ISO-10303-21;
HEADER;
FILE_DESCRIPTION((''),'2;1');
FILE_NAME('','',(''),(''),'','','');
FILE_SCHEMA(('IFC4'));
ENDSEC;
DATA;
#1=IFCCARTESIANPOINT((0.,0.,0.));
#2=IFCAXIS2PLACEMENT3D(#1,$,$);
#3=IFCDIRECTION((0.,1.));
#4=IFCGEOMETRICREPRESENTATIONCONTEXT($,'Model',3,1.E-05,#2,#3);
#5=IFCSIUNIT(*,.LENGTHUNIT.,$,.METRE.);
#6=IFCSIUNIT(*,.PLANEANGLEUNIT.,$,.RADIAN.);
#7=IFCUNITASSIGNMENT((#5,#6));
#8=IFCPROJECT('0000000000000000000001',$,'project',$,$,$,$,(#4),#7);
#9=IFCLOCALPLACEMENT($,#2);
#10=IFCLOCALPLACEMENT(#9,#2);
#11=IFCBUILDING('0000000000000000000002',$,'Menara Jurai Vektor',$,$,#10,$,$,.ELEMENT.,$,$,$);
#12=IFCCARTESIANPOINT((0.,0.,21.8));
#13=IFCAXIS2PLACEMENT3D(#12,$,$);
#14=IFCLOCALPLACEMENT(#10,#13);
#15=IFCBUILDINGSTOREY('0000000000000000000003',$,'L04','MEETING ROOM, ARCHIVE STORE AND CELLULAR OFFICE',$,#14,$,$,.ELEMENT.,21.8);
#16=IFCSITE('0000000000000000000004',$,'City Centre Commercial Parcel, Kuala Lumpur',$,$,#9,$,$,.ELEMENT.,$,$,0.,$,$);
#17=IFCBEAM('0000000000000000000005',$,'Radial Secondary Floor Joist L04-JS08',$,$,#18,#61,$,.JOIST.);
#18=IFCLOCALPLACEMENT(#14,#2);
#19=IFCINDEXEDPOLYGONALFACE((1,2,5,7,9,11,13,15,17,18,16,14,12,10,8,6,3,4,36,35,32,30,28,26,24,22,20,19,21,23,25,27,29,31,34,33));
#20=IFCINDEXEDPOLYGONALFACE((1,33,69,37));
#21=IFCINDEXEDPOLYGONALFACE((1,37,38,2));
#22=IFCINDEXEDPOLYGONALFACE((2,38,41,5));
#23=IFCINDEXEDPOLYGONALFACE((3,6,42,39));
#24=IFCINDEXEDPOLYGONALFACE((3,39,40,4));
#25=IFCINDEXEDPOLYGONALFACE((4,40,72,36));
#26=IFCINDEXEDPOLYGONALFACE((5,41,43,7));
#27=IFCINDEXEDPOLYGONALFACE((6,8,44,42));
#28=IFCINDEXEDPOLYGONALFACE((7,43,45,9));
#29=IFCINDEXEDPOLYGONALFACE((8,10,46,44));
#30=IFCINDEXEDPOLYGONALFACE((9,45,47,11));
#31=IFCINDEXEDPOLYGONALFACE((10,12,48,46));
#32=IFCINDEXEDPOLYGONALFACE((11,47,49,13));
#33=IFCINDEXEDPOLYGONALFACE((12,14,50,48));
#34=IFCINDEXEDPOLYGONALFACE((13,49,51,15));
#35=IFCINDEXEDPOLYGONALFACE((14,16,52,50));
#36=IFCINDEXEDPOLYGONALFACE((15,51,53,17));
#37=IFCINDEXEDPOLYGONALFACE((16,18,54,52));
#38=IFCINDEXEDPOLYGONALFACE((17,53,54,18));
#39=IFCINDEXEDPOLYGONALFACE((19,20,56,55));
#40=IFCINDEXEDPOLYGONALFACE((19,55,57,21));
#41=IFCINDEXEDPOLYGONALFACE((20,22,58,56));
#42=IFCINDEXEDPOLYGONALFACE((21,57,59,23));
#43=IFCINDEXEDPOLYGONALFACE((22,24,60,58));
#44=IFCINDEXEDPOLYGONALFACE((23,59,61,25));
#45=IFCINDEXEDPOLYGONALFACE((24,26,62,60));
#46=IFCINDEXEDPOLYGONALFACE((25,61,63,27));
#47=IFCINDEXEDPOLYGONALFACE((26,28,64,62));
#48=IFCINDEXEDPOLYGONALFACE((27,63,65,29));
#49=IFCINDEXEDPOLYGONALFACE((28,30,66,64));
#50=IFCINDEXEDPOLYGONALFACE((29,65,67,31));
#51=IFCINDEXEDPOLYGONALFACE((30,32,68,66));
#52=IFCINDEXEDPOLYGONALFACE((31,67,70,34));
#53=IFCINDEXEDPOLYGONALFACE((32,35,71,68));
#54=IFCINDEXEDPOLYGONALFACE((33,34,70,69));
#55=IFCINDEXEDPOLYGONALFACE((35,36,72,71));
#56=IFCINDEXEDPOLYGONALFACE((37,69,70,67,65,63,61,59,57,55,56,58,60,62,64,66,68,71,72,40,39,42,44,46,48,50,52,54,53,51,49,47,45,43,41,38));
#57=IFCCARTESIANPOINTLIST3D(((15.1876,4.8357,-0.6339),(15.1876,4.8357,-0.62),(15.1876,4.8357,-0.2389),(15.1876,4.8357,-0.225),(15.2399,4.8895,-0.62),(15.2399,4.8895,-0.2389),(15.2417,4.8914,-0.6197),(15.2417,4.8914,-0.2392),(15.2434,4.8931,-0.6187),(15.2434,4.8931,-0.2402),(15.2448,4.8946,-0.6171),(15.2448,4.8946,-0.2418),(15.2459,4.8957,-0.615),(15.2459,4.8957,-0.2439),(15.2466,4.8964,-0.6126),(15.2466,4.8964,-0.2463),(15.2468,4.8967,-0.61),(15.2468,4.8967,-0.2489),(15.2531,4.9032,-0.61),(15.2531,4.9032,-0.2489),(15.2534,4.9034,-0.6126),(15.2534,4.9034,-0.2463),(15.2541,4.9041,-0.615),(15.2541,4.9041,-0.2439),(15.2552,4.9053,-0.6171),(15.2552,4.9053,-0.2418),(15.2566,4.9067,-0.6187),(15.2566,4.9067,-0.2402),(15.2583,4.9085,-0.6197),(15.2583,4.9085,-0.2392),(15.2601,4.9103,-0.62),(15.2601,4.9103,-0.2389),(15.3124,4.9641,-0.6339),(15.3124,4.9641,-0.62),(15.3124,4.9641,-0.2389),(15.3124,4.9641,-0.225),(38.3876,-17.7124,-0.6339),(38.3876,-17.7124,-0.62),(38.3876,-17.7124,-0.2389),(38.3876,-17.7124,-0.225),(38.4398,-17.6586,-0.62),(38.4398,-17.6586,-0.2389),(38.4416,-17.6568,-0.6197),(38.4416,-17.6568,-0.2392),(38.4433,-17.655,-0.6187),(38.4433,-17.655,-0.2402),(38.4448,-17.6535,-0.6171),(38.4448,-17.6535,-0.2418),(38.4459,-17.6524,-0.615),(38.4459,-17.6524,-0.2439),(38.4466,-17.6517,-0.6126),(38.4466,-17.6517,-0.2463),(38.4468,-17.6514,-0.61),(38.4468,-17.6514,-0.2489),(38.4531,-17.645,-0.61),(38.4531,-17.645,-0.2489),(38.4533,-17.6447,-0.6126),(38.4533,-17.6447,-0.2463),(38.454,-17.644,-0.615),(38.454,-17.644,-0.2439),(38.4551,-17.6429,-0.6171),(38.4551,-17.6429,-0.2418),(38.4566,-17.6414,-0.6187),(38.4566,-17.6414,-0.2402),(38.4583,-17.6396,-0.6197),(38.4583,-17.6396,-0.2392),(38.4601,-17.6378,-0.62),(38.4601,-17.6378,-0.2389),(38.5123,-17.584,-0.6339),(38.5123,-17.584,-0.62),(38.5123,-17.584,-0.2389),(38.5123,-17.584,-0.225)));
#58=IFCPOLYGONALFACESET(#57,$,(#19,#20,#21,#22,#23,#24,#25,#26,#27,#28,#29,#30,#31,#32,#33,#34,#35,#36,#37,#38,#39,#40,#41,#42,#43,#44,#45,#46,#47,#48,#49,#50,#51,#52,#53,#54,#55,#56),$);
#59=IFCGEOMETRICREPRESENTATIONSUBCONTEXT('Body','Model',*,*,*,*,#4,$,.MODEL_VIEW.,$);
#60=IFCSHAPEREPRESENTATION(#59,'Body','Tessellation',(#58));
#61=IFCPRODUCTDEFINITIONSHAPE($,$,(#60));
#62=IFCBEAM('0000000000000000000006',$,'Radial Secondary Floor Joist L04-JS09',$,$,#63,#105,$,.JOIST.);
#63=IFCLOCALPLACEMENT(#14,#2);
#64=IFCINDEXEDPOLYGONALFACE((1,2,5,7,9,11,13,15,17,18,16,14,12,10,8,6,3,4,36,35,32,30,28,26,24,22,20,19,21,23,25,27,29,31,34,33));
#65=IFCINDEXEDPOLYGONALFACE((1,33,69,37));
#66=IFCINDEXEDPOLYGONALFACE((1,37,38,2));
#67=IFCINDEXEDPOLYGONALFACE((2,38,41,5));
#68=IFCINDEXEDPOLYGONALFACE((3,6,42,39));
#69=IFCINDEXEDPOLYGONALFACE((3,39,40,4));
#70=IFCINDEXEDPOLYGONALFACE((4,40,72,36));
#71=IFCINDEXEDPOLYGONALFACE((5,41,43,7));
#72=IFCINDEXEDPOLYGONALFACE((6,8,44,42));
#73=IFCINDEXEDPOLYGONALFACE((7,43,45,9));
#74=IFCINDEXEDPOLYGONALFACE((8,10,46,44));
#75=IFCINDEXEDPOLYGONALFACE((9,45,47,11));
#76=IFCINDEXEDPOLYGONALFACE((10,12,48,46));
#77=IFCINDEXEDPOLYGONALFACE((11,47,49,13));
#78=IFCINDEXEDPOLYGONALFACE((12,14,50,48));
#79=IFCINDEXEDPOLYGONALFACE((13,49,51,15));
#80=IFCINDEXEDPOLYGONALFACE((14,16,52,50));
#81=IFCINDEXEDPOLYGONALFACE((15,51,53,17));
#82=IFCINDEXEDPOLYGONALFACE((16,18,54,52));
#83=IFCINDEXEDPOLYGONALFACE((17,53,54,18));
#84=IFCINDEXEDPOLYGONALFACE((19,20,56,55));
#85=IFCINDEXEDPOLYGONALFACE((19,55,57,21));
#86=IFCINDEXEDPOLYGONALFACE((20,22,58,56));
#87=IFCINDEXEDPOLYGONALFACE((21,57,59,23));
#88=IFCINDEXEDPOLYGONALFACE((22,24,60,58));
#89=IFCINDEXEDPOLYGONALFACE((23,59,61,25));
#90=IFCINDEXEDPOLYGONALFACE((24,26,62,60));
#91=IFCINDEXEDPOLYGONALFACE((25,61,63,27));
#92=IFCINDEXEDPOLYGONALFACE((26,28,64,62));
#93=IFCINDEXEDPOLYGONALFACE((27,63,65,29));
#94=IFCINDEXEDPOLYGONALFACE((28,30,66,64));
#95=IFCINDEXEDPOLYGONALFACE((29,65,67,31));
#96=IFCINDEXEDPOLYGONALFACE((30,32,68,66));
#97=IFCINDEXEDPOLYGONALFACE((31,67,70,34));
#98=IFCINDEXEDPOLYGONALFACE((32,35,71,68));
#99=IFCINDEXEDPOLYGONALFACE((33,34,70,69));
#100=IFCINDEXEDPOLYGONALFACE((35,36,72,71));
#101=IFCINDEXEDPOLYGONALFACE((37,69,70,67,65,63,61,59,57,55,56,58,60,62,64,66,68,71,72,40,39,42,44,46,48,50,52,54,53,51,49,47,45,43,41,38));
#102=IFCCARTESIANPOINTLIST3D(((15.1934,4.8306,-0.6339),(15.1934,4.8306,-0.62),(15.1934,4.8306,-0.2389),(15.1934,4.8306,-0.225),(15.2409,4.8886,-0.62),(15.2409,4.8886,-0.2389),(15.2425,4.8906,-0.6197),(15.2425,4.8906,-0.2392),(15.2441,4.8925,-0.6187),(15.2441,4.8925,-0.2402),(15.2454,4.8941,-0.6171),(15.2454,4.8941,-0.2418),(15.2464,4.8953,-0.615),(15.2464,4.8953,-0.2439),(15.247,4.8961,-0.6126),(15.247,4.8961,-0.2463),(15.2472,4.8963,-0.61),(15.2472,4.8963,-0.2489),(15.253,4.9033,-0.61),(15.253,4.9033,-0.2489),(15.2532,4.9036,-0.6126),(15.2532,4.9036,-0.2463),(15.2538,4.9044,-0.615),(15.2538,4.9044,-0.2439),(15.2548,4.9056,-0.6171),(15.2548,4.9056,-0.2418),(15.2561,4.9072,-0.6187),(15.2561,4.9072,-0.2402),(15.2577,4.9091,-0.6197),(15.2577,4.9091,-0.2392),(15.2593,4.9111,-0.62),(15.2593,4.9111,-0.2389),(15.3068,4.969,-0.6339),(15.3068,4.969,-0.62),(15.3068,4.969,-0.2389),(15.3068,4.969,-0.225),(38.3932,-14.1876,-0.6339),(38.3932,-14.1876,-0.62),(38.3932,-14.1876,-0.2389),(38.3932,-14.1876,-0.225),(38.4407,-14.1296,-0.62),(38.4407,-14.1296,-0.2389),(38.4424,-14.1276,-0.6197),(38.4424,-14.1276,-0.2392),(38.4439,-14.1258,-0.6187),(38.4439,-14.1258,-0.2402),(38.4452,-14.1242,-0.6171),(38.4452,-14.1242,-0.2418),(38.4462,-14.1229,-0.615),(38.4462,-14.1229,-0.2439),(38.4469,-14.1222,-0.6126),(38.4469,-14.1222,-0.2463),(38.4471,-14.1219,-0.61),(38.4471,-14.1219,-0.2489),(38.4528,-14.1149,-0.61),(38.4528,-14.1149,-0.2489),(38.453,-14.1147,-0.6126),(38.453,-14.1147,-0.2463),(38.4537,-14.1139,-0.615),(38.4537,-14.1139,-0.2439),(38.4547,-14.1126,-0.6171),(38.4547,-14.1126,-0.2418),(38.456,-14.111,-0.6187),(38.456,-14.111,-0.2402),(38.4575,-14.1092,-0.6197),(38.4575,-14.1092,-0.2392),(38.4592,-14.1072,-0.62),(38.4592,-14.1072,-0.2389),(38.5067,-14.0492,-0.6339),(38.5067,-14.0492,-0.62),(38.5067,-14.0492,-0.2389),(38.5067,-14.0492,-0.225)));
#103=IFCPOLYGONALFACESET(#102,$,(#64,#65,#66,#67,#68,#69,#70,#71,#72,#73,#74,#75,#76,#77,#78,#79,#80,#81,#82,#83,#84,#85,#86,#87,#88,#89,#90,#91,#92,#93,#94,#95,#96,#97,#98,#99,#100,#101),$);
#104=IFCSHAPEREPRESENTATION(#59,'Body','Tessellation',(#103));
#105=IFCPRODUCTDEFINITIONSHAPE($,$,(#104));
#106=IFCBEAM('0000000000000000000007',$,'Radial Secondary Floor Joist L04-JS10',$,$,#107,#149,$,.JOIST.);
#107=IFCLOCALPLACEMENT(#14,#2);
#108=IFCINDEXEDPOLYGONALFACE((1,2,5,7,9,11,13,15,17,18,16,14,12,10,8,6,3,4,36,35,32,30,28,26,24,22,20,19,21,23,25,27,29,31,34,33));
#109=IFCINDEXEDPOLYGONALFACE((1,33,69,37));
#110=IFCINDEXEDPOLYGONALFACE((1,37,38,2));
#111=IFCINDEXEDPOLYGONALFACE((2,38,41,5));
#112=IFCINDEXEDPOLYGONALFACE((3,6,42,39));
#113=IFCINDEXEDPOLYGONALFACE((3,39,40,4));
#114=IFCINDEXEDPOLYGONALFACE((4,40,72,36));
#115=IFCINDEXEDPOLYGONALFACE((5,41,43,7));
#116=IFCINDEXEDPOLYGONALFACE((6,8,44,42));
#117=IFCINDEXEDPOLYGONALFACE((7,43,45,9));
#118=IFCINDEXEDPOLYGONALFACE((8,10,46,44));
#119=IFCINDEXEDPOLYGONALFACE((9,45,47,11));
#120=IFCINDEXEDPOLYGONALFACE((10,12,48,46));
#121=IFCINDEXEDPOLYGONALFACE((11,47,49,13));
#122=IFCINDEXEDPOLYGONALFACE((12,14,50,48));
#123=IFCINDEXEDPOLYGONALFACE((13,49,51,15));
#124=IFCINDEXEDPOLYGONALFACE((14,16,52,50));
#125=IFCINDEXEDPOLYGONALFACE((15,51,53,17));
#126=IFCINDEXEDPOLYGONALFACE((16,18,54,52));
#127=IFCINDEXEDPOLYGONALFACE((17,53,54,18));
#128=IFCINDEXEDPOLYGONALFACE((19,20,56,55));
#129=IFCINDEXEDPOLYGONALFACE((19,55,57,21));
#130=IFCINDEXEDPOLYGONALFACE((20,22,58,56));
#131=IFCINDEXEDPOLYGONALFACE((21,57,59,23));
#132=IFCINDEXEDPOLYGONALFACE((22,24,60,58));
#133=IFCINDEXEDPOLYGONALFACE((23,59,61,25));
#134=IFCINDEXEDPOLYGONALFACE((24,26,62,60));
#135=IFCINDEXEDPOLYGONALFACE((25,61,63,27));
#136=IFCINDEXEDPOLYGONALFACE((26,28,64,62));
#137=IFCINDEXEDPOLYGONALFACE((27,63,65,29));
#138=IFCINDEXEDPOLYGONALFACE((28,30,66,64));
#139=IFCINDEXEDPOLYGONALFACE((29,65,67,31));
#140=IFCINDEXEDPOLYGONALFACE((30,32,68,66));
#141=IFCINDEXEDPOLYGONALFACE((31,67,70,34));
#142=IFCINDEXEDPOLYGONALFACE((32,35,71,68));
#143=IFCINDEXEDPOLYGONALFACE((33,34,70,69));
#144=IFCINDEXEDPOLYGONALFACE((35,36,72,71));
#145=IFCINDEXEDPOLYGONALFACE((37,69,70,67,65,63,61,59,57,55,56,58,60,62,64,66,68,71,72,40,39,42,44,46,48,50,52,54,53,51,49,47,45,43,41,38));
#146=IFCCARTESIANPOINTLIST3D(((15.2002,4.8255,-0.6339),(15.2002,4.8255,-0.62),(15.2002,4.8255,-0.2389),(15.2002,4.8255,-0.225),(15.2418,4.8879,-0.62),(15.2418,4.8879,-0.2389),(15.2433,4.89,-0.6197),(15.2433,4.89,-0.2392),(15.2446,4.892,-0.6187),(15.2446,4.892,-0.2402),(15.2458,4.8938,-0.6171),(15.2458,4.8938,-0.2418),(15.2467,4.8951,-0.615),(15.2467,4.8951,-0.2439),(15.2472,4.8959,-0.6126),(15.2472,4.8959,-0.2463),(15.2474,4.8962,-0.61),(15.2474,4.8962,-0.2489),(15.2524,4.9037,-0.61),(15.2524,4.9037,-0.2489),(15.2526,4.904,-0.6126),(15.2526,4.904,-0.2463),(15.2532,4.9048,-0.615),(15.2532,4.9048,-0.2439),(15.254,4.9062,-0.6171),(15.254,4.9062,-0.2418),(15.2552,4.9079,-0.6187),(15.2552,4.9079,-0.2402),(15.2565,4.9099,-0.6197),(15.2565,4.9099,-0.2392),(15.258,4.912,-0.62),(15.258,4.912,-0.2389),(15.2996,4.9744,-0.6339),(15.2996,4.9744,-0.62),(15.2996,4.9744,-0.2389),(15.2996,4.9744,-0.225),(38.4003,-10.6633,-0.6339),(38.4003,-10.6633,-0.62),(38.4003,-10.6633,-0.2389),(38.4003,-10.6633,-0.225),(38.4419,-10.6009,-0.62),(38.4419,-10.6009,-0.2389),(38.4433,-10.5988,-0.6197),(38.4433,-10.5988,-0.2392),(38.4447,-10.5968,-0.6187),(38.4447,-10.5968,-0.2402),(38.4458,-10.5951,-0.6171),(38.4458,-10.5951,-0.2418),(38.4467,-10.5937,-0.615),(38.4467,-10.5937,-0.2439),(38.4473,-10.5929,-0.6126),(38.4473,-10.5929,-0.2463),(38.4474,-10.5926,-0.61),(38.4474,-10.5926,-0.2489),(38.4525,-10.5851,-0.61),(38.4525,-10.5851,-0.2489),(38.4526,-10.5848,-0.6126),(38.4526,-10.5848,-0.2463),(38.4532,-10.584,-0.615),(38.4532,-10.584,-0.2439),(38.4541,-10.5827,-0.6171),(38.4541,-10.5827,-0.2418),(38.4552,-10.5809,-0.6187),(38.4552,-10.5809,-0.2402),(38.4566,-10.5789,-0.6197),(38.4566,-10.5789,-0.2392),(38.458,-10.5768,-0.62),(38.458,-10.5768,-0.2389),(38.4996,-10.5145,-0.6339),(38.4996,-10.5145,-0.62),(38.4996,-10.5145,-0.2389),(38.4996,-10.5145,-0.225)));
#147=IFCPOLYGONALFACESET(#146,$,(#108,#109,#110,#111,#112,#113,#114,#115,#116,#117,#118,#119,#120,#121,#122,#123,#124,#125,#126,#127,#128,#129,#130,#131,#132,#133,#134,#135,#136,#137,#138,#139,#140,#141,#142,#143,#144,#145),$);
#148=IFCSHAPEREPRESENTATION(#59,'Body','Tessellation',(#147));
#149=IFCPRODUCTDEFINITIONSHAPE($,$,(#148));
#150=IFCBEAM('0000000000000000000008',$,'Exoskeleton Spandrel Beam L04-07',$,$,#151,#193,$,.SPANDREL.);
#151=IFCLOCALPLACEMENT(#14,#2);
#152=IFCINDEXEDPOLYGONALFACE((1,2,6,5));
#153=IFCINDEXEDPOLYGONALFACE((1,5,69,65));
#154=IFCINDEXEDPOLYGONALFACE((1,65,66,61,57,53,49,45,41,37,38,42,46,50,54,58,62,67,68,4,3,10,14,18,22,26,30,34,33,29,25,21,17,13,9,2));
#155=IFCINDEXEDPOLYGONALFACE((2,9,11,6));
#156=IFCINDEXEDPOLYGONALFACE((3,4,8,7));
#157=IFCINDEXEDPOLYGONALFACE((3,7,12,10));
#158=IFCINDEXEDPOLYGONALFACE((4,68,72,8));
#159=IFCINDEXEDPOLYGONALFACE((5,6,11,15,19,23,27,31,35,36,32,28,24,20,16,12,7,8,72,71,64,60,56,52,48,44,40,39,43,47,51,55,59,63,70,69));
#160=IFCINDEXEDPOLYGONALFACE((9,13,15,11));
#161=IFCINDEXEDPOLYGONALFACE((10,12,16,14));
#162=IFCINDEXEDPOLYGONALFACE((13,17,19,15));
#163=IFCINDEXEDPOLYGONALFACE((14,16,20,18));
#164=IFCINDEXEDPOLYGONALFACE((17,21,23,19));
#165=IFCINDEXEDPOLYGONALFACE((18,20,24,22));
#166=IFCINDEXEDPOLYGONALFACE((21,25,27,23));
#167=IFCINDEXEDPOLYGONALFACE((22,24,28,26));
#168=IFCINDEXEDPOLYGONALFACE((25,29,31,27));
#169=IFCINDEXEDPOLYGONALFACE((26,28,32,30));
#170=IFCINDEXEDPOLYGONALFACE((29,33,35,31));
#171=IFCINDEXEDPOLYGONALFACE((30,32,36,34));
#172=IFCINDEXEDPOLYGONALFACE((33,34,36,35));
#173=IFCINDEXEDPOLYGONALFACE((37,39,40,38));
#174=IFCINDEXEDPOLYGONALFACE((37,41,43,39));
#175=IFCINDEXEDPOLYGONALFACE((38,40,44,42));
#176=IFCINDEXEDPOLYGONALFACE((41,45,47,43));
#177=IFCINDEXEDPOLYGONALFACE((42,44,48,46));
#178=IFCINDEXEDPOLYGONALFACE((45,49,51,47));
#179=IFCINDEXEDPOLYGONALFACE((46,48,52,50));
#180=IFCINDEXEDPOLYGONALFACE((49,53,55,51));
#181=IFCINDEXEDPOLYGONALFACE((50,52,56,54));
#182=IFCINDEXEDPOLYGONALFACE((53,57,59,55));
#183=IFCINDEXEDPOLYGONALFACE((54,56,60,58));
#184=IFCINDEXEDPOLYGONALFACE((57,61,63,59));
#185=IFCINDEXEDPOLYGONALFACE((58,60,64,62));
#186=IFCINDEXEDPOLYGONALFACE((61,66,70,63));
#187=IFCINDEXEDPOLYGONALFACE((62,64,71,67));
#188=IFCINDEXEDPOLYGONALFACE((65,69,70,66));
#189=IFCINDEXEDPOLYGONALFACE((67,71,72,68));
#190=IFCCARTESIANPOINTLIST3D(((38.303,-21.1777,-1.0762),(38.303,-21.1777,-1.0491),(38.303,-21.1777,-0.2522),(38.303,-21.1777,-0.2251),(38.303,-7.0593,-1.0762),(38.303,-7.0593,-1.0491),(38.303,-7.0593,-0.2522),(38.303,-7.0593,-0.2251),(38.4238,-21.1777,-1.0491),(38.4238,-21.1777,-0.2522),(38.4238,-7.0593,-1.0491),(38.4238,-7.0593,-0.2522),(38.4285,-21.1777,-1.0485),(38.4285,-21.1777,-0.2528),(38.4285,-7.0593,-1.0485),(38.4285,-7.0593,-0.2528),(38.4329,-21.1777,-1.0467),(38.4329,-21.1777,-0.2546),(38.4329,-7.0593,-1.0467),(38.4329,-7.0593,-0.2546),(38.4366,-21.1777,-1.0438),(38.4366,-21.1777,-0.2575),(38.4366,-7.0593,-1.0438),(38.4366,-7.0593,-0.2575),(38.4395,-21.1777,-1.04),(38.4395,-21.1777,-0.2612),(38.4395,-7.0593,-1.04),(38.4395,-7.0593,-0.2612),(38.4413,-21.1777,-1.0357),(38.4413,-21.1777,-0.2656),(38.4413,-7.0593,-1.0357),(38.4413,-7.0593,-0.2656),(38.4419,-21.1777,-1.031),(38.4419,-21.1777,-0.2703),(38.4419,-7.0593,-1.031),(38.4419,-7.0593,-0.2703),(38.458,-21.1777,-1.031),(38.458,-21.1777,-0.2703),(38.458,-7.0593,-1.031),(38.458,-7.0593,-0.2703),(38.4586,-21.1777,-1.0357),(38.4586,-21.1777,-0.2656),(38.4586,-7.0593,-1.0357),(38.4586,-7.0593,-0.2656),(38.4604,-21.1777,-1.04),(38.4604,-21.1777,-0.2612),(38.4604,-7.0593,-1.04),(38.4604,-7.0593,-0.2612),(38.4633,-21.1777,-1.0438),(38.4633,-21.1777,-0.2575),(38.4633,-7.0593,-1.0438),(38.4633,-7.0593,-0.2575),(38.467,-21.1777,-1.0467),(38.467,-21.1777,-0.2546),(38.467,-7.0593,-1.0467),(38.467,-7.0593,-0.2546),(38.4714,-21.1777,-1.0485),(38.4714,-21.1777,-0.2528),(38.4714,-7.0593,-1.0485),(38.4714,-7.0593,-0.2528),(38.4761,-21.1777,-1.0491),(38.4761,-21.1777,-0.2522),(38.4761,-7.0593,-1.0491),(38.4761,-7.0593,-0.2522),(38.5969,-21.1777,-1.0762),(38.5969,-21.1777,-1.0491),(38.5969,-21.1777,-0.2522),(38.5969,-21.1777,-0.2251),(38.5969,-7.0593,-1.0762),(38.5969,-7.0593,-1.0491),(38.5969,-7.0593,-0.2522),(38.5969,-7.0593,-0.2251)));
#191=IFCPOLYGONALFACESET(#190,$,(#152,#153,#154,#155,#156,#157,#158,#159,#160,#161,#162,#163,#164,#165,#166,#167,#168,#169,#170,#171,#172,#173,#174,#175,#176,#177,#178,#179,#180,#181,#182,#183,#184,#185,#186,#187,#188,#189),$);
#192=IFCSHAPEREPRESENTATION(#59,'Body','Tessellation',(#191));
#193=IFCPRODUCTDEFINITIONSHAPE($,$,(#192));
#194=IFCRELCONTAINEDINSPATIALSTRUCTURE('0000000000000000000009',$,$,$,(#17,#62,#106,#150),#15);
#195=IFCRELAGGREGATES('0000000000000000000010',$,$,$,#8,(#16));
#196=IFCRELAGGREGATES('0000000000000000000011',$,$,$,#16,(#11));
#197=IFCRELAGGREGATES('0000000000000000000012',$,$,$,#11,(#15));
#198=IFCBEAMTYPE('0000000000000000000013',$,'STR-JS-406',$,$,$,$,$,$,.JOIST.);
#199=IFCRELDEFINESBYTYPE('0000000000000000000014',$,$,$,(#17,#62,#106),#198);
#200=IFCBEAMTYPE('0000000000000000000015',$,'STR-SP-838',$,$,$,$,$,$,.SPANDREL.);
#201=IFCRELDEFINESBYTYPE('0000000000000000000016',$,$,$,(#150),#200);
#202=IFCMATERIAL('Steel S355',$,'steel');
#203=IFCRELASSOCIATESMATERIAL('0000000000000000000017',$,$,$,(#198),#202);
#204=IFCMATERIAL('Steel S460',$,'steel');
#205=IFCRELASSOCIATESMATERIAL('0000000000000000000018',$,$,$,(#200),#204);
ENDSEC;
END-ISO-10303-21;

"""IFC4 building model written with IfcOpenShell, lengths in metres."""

from ifc_helpers import new_model, si_unit, direction, frame, origin, origin_2d, place, context, subcontext, project, spatial, i_section, extrude, material, material_profile, profile_set, type_object, element, save


model = new_model("IFC4")

# Units and contexts
model_context = context("Model", 3, precision=1e-05, world=origin(), true_north=direction((0.0, 1.0)))
body_context = subcontext(model_context, "Body", "Model", "MODEL_VIEW")
ifc_project = project(units=[si_unit("LENGTHUNIT", "METRE"), si_unit("PLANEANGLEUNIT", "RADIAN")], contexts=[model_context])

# Site, building, storey
site_placement = place(None, origin())
site = spatial("IfcSite", under=ifc_project, at=site_placement, Name="City Centre Commercial Parcel, Kuala Lumpur", CompositionType="ELEMENT", RefElevation=0.0)
building_placement = place(site_placement, origin())
building = spatial("IfcBuilding", under=site, at=building_placement, Name="Menara Jurai Vektor", CompositionType="ELEMENT")
storey_placement = place(building_placement, frame((0.0, 0.0, 21.8)))
storey = spatial("IfcBuildingStorey", under=building, at=storey_placement, Name="L04", Description="MEETING ROOM, ARCHIVE STORE AND CELLULAR OFFICE", CompositionType="ELEMENT", Elevation=21.8)

# Shared definitions
ifc_material_1 = material(Name="Steel S460", Category="steel")

# Shared definitions
ifc_material_2 = material(Name="Steel S355", Category="steel")

# Beams
ifc_material_profile_1 = material_profile(ifc_material_2, i_section(OverallWidth=0.179, OverallDepth=0.4089, WebThickness=0.009, FlangeThickness=0.0139, FilletRadius=0.01, at=origin_2d()), Name="UKB 406x178x67")
ifc_profile_set_1 = profile_set([ifc_material_profile_1], Name="Steel S355")
beam_type_1 = type_object("IfcBeamType", Name="STR-JS-406", PredefinedType="JOIST", material=ifc_profile_set_1)
beam_1_placement = place(storey_placement, frame((38.45, -17.6482, -0.4294), z_axis=(-0.717109, 0.696961, 0.0), x_axis=(-0.696961, -0.717109, 0.0)))
element("IfcBeam", 1, at=beam_1_placement, inside=storey, type_object=beam_type_1, Name="Radial Secondary Floor Joist L04-JS08", PredefinedType="JOIST", context=body_context, shape_type="SweptSolid", body=[
    extrude(i_section(OverallWidth=0.179, OverallDepth=0.4089, WebThickness=0.009, FlangeThickness=0.0139, FilletRadius=0.01, at=origin_2d()), origin(), (0.0, 0.0, 1.0), 32.3521),
])
beam_2_placement = place(storey_placement, frame((38.45, -14.1184, -0.4294), z_axis=(-0.77336, 0.633967, 0.0), x_axis=(-0.633967, -0.77336, 0.0)))
element("IfcBeam", 2, at=beam_2_placement, inside=storey, type_object=beam_type_1, Name="Radial Secondary Floor Joist L04-JS09", PredefinedType="JOIST", context=body_context, shape_type="SweptSolid", body=[
    extrude(i_section(OverallWidth=0.179, OverallDepth=0.4089, WebThickness=0.009, FlangeThickness=0.0139, FilletRadius=0.01, at=origin_2d()), origin(), (0.0, 0.0, 1.0), 29.9988),
])
beam_3_placement = place(storey_placement, frame((38.45, -10.5889, -0.4294), z_axis=(-0.831684, 0.555249, 0.0), x_axis=(-0.555249, -0.831684, 0.0)))
element("IfcBeam", 3, at=beam_3_placement, inside=storey, type_object=beam_type_1, Name="Radial Secondary Floor Joist L04-JS10", PredefinedType="JOIST", context=body_context, shape_type="SweptSolid", body=[
    extrude(i_section(OverallWidth=0.179, OverallDepth=0.4089, WebThickness=0.009, FlangeThickness=0.0139, FilletRadius=0.01, at=origin_2d()), origin(), (0.0, 0.0, 1.0), 27.8953),
])
ifc_material_profile_2 = material_profile(ifc_material_1, i_section(OverallWidth=0.2939, OverallDepth=0.8511, WebThickness=0.0161, FlangeThickness=0.0271, FilletRadius=0.0181, at=origin_2d()), Name="UKB 838x292x226")
ifc_profile_set_2 = profile_set([ifc_material_profile_2], Name="Steel S460")
beam_type_2 = type_object("IfcBeamType", Name="STR-SP-838", PredefinedType="SPANDREL", material=ifc_profile_set_2)
beam_4_placement = place(storey_placement, frame((38.45, -21.1777, -0.6506), z_axis=(0.0, 1.0, 0.0), x_axis=(-1.0, 0.0, 0.0)))
element("IfcBeam", 4, at=beam_4_placement, inside=storey, type_object=beam_type_2, Name="Exoskeleton Spandrel Beam L04-07", PredefinedType="SPANDREL", context=body_context, shape_type="SweptSolid", body=[
    extrude(i_section(OverallWidth=0.2939, OverallDepth=0.8511, WebThickness=0.0161, FlangeThickness=0.0271, FilletRadius=0.0181, at=origin_2d()), origin(), (0.0, 0.0, 1.0), 14.1184),
])

save(model, "model.ifc")
